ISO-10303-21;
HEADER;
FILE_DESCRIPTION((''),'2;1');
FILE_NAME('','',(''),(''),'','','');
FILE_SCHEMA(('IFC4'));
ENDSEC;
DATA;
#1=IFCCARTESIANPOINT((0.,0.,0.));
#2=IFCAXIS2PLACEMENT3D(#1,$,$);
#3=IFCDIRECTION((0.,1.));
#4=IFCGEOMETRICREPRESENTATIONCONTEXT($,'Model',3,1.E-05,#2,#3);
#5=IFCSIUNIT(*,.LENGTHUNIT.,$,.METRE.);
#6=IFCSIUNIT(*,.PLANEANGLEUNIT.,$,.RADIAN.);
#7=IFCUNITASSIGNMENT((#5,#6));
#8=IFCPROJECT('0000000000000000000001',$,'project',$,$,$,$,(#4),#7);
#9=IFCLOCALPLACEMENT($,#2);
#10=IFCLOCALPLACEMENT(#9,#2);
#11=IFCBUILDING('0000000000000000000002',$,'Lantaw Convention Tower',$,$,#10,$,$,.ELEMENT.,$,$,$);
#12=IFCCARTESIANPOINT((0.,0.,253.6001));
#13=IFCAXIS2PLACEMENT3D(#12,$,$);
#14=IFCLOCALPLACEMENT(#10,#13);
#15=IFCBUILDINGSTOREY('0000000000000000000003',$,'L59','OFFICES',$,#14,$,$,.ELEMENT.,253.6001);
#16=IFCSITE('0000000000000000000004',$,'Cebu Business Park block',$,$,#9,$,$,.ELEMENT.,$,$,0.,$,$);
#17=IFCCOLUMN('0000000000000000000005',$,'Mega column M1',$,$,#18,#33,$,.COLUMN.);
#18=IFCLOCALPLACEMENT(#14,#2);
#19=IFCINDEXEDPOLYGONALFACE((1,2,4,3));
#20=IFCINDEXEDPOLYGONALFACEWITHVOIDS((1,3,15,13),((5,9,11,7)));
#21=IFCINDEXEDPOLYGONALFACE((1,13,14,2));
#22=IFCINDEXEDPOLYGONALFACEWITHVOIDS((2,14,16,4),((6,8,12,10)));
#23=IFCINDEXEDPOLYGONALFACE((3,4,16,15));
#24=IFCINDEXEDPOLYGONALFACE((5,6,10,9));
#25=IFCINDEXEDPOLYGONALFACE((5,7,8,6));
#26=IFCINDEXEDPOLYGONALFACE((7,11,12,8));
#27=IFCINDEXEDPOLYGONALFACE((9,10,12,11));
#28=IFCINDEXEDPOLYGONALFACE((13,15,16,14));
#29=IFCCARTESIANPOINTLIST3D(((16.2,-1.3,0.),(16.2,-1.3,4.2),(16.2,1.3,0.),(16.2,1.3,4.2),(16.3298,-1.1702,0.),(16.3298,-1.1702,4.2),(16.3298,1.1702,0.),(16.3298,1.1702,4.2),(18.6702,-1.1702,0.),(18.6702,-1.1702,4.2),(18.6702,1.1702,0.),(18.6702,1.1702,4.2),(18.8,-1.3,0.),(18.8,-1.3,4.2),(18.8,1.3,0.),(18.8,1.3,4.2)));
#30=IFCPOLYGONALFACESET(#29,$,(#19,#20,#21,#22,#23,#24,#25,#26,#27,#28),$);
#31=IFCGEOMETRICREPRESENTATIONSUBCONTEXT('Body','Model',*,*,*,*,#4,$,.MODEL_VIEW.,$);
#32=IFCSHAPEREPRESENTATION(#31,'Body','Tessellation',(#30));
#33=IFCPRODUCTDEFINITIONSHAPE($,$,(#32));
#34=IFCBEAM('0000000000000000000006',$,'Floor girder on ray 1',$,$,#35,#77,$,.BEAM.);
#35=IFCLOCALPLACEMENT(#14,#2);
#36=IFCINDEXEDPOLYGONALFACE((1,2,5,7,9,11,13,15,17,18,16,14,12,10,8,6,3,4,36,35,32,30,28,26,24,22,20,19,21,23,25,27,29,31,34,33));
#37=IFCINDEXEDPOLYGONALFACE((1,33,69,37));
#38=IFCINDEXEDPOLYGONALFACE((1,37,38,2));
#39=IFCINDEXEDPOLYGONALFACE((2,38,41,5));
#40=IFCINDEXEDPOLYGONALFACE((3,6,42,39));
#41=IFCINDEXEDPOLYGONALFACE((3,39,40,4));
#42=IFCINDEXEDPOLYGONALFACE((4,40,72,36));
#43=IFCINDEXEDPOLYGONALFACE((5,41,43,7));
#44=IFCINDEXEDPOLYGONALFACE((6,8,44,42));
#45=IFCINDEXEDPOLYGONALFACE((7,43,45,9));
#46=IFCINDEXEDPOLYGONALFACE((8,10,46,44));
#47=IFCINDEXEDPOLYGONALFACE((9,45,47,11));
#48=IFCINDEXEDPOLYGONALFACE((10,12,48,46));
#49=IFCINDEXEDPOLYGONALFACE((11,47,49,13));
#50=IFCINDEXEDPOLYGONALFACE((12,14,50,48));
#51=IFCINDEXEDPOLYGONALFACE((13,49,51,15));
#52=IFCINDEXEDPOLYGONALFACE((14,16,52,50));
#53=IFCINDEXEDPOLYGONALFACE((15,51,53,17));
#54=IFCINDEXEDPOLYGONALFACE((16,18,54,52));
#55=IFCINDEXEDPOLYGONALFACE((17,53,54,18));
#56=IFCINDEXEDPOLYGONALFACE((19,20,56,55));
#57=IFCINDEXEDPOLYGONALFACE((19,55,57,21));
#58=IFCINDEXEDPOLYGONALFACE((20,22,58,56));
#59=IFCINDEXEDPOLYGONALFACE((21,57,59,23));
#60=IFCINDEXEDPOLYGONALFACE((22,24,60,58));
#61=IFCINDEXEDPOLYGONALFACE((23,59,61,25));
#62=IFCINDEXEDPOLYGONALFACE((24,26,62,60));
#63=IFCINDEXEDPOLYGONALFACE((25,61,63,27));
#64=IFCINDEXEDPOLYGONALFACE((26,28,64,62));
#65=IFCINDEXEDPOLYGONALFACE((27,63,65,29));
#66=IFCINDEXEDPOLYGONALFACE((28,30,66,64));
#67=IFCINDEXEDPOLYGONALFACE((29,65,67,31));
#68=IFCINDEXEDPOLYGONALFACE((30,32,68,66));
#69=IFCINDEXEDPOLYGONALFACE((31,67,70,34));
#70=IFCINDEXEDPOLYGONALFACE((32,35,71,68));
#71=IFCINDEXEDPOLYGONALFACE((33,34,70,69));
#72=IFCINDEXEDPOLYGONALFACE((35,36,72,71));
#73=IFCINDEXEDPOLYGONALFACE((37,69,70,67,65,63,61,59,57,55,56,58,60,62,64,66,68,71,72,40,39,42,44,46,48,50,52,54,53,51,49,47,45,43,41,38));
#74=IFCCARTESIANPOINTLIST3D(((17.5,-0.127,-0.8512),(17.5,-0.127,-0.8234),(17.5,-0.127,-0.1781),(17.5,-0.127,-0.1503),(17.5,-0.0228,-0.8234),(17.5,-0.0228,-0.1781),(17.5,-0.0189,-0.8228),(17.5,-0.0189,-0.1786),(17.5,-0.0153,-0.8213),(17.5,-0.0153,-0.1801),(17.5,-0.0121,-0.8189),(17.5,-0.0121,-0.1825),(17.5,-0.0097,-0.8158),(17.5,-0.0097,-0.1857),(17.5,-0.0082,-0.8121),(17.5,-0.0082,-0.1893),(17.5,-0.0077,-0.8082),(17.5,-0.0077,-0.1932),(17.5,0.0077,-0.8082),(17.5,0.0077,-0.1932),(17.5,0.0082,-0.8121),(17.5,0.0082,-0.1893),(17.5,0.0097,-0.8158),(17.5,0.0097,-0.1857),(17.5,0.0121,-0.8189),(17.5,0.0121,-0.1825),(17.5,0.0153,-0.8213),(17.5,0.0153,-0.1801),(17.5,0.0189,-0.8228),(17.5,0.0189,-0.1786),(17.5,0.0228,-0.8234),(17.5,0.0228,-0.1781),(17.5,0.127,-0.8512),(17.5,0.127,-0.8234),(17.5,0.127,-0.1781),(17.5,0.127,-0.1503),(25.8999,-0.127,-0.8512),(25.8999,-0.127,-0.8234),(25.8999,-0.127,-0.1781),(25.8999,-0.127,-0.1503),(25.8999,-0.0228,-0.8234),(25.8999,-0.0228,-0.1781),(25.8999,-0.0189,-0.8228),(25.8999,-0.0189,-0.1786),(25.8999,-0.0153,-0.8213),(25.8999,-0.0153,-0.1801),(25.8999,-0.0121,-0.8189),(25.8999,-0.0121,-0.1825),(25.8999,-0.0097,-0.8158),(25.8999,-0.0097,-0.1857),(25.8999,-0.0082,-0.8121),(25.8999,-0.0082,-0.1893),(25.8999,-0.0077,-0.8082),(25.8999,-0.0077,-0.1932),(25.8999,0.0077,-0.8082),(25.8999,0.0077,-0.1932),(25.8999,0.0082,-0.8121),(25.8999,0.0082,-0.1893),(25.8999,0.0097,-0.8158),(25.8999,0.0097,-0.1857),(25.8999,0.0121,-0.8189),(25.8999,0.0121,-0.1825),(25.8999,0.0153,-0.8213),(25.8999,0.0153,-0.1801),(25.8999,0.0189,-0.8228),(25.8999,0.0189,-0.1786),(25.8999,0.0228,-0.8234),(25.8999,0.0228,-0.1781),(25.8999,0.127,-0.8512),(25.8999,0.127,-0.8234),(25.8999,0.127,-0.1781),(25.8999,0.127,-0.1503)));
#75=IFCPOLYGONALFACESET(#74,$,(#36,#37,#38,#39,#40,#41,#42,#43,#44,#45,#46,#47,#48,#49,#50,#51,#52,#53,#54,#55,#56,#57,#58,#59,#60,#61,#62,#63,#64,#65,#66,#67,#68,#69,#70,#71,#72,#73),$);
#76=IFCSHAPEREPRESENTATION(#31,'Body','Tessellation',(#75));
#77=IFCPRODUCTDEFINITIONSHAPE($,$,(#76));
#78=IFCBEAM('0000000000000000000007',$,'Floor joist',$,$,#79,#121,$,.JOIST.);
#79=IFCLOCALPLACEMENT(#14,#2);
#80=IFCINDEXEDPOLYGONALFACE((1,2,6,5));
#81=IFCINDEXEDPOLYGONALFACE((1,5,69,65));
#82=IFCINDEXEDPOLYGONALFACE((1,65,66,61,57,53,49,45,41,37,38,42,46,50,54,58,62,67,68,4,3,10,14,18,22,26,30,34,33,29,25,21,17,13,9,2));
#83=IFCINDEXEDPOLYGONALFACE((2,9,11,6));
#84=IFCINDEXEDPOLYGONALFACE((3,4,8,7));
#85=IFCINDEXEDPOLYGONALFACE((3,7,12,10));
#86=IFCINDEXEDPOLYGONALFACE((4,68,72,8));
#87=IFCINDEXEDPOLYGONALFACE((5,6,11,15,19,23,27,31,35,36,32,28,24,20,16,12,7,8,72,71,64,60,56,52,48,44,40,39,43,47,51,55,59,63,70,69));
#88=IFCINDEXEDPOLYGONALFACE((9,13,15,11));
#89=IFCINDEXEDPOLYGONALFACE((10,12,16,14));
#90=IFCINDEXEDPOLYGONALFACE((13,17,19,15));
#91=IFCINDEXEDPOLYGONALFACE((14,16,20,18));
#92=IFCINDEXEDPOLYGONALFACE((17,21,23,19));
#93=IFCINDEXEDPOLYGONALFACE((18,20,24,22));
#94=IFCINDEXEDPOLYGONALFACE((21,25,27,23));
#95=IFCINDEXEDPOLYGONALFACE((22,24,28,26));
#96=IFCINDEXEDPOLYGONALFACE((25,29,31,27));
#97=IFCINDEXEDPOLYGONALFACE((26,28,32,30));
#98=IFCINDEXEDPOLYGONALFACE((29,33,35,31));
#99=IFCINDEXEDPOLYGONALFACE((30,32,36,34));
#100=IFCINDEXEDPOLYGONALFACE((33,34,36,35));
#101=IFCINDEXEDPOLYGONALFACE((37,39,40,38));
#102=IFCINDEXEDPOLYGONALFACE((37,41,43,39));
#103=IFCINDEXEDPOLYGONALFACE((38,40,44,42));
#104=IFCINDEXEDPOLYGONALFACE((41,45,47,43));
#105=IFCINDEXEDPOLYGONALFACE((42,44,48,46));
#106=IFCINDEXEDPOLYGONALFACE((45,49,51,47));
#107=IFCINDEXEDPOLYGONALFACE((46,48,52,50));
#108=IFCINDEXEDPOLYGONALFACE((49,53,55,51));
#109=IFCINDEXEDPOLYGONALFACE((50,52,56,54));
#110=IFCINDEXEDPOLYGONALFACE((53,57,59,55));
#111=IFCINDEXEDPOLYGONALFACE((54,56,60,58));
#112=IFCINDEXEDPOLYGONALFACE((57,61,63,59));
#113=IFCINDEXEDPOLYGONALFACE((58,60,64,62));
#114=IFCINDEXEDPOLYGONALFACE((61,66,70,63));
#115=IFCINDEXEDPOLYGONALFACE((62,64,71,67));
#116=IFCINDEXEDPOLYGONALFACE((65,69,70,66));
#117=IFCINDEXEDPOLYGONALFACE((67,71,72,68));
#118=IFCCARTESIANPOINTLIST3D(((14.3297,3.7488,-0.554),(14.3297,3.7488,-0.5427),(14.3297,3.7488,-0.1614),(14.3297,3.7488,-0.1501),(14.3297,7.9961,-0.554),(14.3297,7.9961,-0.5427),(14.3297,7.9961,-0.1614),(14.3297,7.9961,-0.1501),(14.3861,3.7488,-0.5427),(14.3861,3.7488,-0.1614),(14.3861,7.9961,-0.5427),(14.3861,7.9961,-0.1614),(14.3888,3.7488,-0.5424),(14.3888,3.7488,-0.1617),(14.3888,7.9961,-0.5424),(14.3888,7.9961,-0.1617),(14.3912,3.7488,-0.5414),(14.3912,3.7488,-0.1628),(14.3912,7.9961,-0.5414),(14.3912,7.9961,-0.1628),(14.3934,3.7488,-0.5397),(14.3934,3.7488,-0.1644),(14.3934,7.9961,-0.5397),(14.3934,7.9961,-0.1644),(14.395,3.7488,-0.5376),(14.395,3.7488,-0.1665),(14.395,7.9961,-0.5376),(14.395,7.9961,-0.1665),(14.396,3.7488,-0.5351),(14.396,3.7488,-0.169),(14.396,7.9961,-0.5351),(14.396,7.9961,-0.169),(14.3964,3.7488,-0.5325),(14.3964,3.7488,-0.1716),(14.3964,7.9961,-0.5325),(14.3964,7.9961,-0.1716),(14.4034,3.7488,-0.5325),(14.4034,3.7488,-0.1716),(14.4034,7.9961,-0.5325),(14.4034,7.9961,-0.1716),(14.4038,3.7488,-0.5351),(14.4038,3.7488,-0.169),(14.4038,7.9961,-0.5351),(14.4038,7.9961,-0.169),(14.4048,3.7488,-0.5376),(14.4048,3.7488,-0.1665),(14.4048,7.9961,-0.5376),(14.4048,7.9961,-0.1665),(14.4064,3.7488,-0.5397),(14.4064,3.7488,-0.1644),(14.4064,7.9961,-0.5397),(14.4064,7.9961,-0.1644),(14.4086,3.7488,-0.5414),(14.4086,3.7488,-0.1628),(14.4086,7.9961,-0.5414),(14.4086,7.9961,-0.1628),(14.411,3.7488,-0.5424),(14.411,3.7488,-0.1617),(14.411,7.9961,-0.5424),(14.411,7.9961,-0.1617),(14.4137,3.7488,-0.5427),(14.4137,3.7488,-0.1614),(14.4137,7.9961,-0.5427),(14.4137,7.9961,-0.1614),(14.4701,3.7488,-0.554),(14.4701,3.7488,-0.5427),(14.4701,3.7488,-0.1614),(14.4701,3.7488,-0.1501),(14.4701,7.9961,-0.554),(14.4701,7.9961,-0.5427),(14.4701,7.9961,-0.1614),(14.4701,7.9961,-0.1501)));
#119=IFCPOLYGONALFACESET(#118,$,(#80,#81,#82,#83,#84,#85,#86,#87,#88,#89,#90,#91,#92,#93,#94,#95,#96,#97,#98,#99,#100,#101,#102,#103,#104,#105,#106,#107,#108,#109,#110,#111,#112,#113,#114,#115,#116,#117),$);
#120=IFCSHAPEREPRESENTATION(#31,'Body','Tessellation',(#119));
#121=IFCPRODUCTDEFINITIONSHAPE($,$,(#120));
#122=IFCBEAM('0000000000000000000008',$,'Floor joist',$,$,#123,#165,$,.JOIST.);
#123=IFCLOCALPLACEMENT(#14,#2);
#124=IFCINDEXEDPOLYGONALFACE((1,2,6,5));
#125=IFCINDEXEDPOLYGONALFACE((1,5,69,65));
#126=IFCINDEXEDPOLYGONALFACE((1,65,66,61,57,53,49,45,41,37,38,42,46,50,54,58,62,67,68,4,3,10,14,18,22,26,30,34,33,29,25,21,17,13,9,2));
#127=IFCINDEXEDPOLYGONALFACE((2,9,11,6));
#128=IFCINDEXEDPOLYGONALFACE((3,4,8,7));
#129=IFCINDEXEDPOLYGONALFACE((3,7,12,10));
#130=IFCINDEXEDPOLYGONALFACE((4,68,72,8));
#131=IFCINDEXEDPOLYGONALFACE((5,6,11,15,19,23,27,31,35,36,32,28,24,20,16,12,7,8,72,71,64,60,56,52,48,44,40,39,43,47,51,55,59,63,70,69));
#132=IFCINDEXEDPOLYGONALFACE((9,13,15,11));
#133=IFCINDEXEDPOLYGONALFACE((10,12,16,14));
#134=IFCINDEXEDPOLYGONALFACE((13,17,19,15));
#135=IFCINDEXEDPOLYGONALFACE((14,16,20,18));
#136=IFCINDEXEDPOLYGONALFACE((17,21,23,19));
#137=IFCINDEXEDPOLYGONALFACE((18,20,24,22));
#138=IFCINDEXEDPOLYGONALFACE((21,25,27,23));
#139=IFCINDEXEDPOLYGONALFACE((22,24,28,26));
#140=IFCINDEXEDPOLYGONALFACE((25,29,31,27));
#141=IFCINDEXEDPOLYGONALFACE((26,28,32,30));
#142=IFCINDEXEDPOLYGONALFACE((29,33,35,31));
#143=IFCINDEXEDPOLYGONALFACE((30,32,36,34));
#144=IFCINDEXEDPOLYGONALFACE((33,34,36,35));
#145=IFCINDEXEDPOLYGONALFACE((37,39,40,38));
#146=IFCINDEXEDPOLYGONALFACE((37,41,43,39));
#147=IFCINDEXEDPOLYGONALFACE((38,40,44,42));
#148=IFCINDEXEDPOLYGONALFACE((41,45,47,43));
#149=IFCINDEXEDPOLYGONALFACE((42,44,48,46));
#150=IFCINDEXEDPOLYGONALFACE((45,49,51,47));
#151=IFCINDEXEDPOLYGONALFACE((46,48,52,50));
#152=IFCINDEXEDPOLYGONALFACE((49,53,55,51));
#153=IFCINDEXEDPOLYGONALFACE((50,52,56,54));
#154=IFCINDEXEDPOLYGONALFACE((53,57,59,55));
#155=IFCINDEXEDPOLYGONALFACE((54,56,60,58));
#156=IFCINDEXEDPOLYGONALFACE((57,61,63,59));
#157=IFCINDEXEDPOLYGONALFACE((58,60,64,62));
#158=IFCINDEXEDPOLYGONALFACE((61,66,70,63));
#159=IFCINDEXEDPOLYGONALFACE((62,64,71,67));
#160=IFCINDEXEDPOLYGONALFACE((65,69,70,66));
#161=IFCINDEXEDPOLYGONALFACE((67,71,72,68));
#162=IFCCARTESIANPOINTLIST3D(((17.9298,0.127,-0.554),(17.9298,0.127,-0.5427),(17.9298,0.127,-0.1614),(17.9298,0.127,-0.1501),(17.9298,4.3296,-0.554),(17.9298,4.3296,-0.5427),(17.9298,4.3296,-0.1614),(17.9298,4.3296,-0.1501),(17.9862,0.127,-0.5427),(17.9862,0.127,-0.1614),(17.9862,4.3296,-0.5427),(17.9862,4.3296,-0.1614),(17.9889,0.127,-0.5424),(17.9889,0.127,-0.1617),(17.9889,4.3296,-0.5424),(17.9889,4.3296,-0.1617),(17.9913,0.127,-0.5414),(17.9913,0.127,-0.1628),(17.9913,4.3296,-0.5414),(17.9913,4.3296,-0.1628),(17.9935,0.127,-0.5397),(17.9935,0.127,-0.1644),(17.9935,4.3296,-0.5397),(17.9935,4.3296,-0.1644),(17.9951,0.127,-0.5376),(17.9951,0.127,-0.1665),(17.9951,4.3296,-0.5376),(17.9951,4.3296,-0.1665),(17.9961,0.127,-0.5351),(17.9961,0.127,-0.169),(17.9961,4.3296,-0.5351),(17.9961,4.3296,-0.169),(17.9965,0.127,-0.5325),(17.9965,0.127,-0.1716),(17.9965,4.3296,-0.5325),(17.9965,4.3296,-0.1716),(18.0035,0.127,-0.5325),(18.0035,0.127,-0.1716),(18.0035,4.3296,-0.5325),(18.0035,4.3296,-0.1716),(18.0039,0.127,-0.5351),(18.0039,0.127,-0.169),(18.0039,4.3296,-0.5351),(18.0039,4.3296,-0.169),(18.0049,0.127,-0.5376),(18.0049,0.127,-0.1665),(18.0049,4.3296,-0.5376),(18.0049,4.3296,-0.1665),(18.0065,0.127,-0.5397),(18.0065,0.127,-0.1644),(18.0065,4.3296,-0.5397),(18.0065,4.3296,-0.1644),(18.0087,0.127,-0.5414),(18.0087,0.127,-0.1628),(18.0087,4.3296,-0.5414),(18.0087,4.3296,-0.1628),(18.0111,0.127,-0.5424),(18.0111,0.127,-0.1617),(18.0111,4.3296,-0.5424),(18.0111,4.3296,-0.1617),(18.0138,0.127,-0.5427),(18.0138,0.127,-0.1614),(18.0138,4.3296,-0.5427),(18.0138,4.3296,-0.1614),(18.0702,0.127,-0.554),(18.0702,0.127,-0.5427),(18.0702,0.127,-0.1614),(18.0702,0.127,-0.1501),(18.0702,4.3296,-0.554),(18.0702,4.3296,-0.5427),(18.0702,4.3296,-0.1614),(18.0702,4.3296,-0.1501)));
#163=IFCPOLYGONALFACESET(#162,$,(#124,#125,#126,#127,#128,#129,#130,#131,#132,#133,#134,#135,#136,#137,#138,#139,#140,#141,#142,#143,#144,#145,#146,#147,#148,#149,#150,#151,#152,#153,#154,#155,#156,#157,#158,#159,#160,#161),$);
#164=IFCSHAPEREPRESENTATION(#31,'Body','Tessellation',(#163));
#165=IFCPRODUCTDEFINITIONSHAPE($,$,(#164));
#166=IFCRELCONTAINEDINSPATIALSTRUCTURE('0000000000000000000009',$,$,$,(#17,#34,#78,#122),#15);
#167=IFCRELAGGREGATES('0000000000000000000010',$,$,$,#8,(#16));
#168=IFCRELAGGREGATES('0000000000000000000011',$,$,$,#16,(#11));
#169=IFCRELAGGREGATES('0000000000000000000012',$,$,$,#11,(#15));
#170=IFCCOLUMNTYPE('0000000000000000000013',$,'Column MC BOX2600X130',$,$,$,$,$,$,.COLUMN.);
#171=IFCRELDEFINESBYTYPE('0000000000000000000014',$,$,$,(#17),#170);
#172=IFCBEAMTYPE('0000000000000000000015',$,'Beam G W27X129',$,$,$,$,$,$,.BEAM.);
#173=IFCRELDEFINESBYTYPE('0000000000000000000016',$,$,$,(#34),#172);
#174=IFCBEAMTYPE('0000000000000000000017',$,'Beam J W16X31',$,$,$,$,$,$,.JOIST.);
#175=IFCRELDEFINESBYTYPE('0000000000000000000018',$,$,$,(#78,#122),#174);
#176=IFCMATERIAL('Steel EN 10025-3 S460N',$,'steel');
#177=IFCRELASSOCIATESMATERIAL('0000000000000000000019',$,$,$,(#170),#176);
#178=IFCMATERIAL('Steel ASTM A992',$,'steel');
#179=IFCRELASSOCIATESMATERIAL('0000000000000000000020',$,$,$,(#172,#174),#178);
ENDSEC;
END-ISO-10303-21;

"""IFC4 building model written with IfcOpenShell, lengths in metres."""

from ifc_helpers import new_model, si_unit, direction, frame, origin, origin_2d, place, context, subcontext, project, spatial, rectangle, hollow_rectangle, i_section, extrude, material, material_profile, profile_set, type_object, element, save


model = new_model("IFC4")

# Units and contexts
model_context = context("Model", 3, precision=1e-05, world=origin(), true_north=direction((0.0, 1.0)))
body_context = subcontext(model_context, "Body", "Model", "MODEL_VIEW")
ifc_project = project(units=[si_unit("LENGTHUNIT", "METRE"), si_unit("PLANEANGLEUNIT", "RADIAN")], contexts=[model_context])

# Site, building, storey
site_placement = place(None, origin())
site = spatial("IfcSite", under=ifc_project, at=site_placement, Name="Cebu Business Park block", CompositionType="ELEMENT", RefElevation=0.0)
building_placement = place(site_placement, origin())
building = spatial("IfcBuilding", under=site, at=building_placement, Name="Lantaw Convention Tower", CompositionType="ELEMENT")
storey_placement = place(building_placement, frame((0.0, 0.0, 253.6001)))
storey = spatial("IfcBuildingStorey", under=building, at=storey_placement, Name="L59", Description="OFFICES", CompositionType="ELEMENT", Elevation=253.6001)

# Column
ifc_material_1 = material(Name="Steel EN 10025-3 S460N", Category="steel")
ifc_material_profile_1 = material_profile(ifc_material_1, hollow_rectangle(XDim=2.6001, YDim=2.6001, WallThickness=0.1299, at=origin_2d()), Name="BOX2600X130")
ifc_material_2 = material(Name="Concrete C60/75", Category="concrete")
ifc_material_profile_2 = material_profile(ifc_material_2, rectangle(XDim=2.3401, YDim=2.3401, at=origin_2d()), Name="Concrete fill of BOX2600X130")
ifc_profile_set_1 = profile_set([ifc_material_profile_1, ifc_material_profile_2], Name="Steel EN 10025-3 S460N")
column_type = type_object("IfcColumnType", Name="Column MC BOX2600X130", PredefinedType="COLUMN", material=ifc_profile_set_1)
column_placement = place(storey_placement, frame((17.5, 0.0, 0.0), z_axis=(0.0, 0.0, 1.0), x_axis=(1.0, 0.0, 0.0)))
element("IfcColumn", 1, at=column_placement, inside=storey, type_object=column_type, Name="Mega column M1", PredefinedType="COLUMN", context=body_context, shape_type="SweptSolid", body=[
    extrude(hollow_rectangle(XDim=2.6001, YDim=2.6001, WallThickness=0.1299, at=origin_2d()), origin(), (0.0, 0.0, 1.0), 4.2),
])

# Beams
ifc_material_3 = material(Name="Steel ASTM A992", Category="steel")
ifc_material_profile_3 = material_profile(ifc_material_3, i_section(OverallWidth=0.2539, OverallDepth=0.7009, WebThickness=0.0154, FlangeThickness=0.0278, FilletRadius=0.0151, at=origin_2d()), Name="W27X129")
ifc_profile_set_2 = profile_set([ifc_material_profile_3], Name="Steel ASTM A992")
beam_type_1 = type_object("IfcBeamType", Name="Beam G W27X129", PredefinedType="BEAM", material=ifc_profile_set_2)
beam_1_placement = place(storey_placement, frame((17.5, 0.0, -0.5007), z_axis=(1.0, 0.0, 0.0), x_axis=(0.0, 1.0, 0.0)))
element("IfcBeam", 2, at=beam_1_placement, inside=storey, type_object=beam_type_1, Name="Floor girder on ray 1", PredefinedType="BEAM", context=body_context, shape_type="SweptSolid", body=[
    extrude(i_section(OverallWidth=0.2539, OverallDepth=0.7009, WebThickness=0.0154, FlangeThickness=0.0278, FilletRadius=0.0151, at=origin_2d()), origin(), (0.0, 0.0, 1.0), 8.3999),
])
ifc_material_profile_4 = material_profile(ifc_material_3, i_section(OverallWidth=0.1404, OverallDepth=0.4038, WebThickness=0.0071, FlangeThickness=0.0112, FilletRadius=0.0103, at=origin_2d()), Name="W16X31")
ifc_profile_set_3 = profile_set([ifc_material_profile_4], Name="Steel ASTM A992")
beam_type_2 = type_object("IfcBeamType", Name="Beam J W16X31", PredefinedType="JOIST", material=ifc_profile_set_3)
beam_2_placement = place(storey_placement, frame((14.3999, 3.7488, -0.3521), z_axis=(0.0, 1.0, 0.0), x_axis=(-1.0, 0.0, 0.0)))
element("IfcBeam", 3, at=beam_2_placement, inside=storey, type_object=beam_type_2, Name="Floor joist", PredefinedType="JOIST", context=body_context, shape_type="SweptSolid", body=[
    extrude(i_section(OverallWidth=0.1404, OverallDepth=0.4038, WebThickness=0.0071, FlangeThickness=0.0112, FilletRadius=0.0103, at=origin_2d()), origin(), (0.0, 0.0, 1.0), 4.2473),
])
beam_3_placement = place(storey_placement, frame((18.0, 0.127, -0.3521), z_axis=(0.0, 1.0, 0.0), x_axis=(-1.0, 0.0, 0.0)))
element("IfcBeam", 4, at=beam_3_placement, inside=storey, type_object=beam_type_2, Name="Floor joist", PredefinedType="JOIST", context=body_context, shape_type="SweptSolid", body=[
    extrude(i_section(OverallWidth=0.1404, OverallDepth=0.4038, WebThickness=0.0071, FlangeThickness=0.0112, FilletRadius=0.0103, at=origin_2d()), origin(), (0.0, 0.0, 1.0), 4.2026),
])

save(model, "model.ifc")
